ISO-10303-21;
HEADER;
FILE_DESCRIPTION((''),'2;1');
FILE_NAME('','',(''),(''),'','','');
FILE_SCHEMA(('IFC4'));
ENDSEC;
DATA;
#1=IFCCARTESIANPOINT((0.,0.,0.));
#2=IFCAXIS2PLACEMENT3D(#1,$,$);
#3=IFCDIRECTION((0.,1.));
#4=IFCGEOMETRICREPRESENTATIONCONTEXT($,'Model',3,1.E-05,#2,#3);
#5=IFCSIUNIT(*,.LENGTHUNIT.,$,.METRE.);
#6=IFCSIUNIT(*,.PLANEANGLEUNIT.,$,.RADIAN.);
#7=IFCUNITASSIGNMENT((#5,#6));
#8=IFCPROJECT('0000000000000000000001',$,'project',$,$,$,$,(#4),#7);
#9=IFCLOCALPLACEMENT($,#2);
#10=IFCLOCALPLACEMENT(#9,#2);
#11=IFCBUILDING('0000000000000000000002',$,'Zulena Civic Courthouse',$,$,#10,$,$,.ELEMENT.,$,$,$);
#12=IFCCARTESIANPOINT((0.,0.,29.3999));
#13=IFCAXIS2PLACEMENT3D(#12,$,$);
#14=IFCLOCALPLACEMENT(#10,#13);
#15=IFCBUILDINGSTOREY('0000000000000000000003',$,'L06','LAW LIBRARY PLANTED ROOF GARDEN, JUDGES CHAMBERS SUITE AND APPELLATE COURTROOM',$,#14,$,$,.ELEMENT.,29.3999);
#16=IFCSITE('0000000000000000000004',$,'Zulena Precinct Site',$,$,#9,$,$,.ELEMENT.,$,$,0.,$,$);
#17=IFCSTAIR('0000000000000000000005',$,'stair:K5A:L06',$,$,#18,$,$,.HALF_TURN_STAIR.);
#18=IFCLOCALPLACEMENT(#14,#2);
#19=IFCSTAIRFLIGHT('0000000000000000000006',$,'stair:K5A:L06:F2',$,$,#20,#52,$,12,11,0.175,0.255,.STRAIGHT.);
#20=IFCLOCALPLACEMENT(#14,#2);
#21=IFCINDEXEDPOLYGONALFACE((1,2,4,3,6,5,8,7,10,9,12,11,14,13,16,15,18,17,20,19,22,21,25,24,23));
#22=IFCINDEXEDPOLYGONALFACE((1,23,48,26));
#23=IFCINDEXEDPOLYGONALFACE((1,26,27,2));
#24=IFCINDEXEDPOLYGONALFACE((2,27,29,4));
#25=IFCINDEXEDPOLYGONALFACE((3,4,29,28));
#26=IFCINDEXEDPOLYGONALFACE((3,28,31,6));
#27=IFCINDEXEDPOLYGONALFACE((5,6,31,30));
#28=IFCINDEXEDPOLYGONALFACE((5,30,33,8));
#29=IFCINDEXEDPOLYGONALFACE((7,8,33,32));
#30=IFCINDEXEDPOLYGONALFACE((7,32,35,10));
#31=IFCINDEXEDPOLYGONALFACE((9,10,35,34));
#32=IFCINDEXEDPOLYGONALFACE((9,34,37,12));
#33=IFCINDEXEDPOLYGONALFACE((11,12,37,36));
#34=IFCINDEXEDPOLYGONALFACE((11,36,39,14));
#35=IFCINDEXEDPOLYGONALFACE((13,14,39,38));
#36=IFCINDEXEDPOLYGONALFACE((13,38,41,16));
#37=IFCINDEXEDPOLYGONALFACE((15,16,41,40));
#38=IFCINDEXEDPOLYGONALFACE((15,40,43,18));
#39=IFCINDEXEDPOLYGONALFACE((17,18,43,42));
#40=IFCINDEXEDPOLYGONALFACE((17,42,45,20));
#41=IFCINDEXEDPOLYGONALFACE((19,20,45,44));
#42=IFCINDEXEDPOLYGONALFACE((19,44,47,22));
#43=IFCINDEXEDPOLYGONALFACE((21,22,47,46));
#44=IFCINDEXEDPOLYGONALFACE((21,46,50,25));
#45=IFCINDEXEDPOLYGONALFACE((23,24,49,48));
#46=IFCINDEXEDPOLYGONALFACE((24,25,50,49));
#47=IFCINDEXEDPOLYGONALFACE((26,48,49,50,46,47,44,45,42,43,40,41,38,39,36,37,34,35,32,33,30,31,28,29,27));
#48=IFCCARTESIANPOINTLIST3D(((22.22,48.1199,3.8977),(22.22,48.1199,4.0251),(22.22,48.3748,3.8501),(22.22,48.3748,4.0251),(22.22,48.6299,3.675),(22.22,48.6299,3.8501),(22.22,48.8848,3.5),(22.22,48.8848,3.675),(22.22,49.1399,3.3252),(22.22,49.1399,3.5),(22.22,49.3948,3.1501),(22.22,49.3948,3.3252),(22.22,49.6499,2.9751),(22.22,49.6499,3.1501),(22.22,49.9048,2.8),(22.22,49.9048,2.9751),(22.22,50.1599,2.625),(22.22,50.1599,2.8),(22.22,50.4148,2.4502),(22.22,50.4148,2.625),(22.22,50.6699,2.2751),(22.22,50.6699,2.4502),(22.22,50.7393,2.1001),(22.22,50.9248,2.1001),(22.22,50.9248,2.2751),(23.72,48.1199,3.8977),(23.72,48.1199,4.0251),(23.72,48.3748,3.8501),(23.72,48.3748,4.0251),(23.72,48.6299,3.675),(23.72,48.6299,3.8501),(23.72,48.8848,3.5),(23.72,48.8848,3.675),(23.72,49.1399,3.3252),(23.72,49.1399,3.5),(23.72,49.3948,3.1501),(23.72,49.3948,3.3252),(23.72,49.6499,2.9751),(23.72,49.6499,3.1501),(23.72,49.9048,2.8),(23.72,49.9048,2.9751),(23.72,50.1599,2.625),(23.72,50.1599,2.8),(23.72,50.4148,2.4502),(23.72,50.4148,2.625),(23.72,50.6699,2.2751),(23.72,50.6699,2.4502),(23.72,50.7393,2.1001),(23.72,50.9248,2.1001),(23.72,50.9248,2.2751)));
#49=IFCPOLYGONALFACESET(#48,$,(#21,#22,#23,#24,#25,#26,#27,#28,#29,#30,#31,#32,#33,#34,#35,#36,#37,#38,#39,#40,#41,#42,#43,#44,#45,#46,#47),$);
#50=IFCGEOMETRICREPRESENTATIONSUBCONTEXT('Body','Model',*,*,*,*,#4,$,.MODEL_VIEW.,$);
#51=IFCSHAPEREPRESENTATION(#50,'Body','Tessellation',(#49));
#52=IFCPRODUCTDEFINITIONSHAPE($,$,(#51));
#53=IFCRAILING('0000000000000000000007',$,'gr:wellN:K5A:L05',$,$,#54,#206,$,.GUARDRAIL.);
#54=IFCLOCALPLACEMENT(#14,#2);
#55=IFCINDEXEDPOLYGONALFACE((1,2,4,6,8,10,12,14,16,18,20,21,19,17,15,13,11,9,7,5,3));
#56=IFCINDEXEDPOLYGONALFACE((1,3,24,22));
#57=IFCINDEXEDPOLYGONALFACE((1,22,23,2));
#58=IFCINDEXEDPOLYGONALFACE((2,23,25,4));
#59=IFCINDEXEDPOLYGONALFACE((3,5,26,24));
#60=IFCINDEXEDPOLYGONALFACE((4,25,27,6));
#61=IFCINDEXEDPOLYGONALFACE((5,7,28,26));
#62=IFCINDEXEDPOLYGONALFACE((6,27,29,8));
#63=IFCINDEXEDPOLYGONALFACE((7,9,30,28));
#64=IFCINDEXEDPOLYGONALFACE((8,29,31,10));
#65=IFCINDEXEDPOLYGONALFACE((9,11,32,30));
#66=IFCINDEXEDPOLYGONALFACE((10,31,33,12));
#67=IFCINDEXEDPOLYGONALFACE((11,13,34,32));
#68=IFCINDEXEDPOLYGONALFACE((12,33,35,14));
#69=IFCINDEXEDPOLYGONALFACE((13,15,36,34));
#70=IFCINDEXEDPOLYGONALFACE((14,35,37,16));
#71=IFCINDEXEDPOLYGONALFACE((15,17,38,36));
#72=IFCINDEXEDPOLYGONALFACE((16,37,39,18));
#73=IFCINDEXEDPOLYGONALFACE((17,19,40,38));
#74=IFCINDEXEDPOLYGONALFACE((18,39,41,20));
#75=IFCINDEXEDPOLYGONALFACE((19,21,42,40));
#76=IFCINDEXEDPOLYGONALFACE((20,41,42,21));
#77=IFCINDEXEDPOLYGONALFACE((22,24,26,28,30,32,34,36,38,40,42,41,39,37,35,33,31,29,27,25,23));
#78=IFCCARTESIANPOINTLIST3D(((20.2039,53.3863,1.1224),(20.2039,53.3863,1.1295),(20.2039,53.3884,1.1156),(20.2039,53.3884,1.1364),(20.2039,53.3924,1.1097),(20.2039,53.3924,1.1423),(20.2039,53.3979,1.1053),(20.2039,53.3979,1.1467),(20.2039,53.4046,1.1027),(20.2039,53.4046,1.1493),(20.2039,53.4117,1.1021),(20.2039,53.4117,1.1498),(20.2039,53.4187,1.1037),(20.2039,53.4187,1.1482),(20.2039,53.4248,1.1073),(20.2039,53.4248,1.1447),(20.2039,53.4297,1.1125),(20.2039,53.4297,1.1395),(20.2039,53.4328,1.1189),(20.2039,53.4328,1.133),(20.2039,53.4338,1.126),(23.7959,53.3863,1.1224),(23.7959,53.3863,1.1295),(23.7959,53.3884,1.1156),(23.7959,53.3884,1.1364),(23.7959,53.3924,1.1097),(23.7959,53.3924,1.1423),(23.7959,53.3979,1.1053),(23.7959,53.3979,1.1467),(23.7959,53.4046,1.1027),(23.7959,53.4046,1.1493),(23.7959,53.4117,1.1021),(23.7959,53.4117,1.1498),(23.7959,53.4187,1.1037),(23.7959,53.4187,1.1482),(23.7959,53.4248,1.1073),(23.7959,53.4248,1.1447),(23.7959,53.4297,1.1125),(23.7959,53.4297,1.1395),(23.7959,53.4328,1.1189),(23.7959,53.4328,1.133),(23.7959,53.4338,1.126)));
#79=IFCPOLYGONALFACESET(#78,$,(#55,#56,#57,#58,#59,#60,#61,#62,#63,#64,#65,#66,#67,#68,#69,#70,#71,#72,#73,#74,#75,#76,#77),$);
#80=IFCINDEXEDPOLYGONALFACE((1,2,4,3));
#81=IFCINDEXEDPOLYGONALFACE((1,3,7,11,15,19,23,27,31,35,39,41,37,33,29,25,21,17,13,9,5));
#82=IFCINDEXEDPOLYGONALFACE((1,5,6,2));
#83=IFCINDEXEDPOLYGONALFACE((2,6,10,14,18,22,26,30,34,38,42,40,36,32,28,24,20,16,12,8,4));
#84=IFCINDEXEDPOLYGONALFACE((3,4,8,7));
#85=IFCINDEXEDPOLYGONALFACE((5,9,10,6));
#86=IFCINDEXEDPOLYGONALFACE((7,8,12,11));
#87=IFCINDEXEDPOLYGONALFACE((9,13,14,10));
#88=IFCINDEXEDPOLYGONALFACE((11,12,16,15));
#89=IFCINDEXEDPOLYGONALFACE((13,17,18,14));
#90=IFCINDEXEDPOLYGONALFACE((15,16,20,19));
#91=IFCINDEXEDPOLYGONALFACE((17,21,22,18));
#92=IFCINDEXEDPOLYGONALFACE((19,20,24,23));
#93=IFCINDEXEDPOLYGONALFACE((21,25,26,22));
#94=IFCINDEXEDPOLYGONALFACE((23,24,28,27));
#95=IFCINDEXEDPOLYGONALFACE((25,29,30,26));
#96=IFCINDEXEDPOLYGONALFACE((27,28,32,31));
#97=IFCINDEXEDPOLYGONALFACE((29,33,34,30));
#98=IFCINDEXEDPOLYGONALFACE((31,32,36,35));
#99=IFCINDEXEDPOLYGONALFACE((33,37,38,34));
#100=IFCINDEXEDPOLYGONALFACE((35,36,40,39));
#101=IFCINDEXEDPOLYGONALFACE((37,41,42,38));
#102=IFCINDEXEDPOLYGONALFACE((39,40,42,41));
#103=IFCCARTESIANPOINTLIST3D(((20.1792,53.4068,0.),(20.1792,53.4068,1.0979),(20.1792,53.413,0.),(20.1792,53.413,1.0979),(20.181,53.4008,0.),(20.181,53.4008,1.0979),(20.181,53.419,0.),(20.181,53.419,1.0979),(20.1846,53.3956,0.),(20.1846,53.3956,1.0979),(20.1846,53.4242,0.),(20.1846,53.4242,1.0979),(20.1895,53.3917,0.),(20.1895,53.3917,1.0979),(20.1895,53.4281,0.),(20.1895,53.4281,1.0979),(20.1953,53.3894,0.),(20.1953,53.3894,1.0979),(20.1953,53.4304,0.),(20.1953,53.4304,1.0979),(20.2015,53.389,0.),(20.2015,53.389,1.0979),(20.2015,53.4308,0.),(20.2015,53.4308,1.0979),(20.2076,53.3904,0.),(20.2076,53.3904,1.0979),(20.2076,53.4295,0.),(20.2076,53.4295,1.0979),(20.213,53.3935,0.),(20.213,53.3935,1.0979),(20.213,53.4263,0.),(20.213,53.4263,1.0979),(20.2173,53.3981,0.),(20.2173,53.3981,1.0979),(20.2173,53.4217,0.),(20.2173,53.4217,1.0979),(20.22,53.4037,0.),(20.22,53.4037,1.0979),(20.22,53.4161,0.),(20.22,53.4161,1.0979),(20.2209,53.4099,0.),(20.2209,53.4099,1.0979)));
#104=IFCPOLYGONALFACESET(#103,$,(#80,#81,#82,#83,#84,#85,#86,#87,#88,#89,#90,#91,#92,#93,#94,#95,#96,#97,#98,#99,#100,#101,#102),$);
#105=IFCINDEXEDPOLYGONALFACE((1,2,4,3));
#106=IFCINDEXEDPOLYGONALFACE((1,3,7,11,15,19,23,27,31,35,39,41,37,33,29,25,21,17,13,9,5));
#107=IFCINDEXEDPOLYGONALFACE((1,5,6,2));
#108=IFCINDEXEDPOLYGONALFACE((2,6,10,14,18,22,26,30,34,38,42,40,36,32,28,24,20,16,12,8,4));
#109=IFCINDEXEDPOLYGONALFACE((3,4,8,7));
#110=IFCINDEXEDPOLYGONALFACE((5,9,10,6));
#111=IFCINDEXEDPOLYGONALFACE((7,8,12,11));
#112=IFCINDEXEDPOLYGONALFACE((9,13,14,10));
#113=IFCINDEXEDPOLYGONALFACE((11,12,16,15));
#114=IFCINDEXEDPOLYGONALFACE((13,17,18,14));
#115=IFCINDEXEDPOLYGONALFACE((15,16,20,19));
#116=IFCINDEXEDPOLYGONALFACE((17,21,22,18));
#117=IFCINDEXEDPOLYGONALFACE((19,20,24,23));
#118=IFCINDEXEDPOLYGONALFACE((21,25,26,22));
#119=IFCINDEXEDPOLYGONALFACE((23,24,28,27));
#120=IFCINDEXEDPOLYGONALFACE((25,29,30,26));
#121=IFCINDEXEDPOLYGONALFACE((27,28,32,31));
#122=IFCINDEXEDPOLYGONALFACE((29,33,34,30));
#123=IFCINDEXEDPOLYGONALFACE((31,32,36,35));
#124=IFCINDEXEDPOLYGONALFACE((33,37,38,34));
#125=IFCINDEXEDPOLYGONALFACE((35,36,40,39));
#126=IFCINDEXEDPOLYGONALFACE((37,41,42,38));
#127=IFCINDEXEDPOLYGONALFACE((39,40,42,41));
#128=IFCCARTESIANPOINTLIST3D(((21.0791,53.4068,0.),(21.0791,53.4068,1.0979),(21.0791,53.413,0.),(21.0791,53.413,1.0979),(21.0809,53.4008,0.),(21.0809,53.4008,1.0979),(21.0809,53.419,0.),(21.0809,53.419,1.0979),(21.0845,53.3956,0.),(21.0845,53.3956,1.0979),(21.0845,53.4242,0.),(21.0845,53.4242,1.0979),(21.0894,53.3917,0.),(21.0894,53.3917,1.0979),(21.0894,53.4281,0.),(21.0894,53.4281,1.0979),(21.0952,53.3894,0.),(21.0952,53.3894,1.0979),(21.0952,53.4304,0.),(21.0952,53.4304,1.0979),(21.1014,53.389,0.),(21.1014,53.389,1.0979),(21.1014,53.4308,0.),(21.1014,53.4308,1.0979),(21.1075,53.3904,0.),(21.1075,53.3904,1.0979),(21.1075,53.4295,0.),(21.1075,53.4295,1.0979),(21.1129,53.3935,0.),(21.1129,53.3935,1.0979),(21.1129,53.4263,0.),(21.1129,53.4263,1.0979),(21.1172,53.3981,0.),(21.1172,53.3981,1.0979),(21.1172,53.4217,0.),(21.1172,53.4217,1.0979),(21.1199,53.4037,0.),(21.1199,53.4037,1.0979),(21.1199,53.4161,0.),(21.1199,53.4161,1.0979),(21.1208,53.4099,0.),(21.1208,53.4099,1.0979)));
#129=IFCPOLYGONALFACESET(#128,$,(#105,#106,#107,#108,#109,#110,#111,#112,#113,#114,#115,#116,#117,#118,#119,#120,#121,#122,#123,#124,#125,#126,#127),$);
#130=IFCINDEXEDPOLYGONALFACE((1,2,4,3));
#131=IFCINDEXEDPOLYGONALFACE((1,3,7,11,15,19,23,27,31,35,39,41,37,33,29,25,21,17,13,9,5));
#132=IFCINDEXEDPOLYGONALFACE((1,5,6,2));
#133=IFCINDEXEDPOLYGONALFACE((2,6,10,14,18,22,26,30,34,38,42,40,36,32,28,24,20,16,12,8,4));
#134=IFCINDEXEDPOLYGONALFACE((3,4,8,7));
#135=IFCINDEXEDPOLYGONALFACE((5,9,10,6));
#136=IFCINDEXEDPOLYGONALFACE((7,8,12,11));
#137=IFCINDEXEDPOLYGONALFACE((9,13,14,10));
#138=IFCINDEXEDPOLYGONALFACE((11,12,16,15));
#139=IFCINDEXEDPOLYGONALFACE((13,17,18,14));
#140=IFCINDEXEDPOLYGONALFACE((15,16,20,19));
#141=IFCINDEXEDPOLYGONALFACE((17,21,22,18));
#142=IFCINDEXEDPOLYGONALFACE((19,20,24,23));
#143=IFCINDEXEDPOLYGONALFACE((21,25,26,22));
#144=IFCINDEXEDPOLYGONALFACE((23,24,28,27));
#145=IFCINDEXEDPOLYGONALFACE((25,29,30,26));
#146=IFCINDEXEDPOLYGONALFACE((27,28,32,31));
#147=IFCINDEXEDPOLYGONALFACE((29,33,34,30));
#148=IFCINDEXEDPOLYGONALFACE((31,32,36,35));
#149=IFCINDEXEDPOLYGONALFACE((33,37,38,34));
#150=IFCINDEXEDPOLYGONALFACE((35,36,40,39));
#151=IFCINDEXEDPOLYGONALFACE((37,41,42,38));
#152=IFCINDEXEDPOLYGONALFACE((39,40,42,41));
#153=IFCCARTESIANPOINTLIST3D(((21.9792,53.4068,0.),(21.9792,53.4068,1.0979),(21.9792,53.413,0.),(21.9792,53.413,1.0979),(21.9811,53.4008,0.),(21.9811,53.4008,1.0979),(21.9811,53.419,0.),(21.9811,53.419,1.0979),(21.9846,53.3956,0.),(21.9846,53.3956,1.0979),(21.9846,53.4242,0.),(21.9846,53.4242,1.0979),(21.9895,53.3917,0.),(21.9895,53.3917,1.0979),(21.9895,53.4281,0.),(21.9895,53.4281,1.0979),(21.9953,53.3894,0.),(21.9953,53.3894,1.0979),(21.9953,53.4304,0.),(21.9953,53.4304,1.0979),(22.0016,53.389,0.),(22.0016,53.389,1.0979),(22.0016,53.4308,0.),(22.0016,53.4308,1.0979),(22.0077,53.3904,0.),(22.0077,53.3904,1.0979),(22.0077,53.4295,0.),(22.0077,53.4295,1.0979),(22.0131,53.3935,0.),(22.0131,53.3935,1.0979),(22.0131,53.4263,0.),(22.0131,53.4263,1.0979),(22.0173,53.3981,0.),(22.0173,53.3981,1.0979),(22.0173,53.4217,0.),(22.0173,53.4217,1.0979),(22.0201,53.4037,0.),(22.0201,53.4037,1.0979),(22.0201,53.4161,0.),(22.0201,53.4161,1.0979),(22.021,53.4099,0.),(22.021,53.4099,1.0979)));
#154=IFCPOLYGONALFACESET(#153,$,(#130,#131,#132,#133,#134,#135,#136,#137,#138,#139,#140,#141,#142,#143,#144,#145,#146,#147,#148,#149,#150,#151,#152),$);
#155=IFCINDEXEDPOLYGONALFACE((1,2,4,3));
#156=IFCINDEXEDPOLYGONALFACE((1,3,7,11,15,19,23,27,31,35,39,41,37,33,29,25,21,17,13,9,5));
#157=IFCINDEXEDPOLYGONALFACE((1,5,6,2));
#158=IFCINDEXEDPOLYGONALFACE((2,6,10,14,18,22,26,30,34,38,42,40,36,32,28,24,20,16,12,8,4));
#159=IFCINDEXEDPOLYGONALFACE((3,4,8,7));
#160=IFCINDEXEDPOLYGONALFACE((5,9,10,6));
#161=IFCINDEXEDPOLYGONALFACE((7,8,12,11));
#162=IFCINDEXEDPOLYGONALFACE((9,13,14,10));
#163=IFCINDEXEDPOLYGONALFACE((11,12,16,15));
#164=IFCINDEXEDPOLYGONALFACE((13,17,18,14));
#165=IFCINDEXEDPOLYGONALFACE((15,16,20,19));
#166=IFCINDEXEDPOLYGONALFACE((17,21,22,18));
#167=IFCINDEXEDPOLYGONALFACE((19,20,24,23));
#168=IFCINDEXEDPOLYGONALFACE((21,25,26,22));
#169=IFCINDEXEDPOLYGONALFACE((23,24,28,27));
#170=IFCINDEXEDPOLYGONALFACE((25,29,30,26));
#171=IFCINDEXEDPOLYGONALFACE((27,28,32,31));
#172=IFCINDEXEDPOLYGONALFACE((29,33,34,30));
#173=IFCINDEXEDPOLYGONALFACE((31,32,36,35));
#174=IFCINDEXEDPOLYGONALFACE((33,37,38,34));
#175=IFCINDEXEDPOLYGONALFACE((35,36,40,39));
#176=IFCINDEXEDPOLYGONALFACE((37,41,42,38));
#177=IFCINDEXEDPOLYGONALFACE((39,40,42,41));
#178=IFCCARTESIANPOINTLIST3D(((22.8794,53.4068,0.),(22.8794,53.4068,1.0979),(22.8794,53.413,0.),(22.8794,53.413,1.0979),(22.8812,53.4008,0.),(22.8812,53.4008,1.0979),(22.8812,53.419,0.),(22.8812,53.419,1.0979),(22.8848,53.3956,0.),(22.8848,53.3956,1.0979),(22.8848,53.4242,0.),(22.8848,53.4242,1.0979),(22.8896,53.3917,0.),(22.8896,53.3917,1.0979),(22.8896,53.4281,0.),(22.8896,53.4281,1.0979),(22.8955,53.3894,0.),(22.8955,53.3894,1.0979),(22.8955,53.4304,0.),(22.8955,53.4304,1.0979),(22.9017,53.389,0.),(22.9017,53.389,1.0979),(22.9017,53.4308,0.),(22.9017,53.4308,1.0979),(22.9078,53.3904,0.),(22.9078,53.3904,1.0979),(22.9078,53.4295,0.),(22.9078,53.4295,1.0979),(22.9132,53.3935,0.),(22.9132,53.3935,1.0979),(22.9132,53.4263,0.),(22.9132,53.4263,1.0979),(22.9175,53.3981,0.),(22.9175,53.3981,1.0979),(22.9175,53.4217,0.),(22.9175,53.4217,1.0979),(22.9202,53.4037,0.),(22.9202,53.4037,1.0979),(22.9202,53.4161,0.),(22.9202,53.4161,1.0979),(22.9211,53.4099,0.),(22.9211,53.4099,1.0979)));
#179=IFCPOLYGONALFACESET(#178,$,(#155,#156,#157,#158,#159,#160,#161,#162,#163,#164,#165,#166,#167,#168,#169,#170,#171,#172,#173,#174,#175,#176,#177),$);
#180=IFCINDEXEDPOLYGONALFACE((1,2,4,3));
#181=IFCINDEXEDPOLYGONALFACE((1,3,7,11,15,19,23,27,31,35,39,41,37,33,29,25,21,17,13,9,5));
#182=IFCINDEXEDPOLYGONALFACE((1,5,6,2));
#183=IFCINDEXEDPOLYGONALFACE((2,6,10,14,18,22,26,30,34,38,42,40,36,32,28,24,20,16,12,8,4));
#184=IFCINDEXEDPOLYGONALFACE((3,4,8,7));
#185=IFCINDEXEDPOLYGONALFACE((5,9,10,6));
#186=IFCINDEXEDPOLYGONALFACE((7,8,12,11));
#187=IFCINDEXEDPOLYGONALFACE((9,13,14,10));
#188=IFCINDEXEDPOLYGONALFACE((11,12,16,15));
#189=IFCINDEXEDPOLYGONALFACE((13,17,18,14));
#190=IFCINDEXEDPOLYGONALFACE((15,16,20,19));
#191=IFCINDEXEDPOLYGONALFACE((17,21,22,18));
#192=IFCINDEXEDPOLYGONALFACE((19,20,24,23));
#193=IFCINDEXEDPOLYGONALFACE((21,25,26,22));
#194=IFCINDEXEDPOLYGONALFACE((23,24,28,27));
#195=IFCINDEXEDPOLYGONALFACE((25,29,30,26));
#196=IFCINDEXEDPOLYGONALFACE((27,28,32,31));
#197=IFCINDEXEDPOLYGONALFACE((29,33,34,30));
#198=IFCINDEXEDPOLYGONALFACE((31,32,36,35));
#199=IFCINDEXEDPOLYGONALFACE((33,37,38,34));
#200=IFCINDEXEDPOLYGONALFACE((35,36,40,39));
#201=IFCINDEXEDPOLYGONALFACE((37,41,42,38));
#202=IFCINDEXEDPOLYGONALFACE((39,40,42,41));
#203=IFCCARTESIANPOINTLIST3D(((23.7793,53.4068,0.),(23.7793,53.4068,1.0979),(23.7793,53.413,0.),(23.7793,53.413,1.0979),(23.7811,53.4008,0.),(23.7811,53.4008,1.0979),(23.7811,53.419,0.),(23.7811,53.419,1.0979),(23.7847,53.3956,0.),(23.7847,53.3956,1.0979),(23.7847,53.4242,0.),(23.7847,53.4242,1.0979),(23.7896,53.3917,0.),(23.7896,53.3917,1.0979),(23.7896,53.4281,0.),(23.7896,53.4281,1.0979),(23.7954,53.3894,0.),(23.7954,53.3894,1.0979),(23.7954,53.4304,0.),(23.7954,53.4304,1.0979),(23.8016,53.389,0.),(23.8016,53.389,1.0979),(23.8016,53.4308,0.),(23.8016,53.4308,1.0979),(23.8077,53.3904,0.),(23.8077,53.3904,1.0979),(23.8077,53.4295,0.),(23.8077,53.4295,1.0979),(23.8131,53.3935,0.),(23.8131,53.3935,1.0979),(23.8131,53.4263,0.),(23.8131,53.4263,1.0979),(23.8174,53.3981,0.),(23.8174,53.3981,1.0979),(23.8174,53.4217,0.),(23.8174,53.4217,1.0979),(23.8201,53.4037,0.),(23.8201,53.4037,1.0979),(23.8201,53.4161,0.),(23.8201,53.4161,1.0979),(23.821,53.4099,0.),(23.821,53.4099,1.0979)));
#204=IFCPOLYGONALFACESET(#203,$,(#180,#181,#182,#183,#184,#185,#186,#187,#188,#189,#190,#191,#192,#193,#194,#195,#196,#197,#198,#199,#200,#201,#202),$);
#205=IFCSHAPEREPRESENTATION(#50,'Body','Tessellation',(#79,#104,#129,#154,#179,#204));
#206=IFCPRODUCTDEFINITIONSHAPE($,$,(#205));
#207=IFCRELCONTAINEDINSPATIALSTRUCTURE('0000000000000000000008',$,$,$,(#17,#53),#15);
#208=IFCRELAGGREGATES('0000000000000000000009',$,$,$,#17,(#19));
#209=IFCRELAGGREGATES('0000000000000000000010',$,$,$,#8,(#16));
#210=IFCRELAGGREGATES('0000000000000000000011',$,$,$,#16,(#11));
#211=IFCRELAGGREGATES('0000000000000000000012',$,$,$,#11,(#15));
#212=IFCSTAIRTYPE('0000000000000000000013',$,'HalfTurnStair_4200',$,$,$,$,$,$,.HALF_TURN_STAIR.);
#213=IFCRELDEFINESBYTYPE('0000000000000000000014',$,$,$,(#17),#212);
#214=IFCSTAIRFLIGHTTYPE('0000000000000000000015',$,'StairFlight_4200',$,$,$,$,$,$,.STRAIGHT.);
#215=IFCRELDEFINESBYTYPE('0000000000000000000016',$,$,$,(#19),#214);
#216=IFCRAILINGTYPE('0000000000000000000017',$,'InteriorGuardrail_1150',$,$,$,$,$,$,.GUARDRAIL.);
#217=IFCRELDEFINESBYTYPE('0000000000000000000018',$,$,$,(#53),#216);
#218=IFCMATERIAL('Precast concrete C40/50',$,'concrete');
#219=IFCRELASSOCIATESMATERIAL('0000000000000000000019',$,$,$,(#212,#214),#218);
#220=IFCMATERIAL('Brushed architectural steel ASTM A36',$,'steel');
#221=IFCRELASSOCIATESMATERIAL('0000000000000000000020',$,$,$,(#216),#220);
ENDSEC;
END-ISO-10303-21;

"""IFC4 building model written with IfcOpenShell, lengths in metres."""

from ifc_helpers import new_model, si_unit, direction, frame, origin, origin_2d, place, context, subcontext, project, spatial, polyline, circle, outline, extrude, material, type_object, element, aggregate, save


model = new_model("IFC4")

# Units and contexts
model_context = context("Model", 3, precision=1e-05, world=origin(), true_north=direction((0.0, 1.0)))
body_context = subcontext(model_context, "Body", "Model", "MODEL_VIEW")
ifc_project = project(units=[si_unit("LENGTHUNIT", "METRE"), si_unit("PLANEANGLEUNIT", "RADIAN")], contexts=[model_context])

# Site, building, storey
site_placement = place(None, origin())
site = spatial("IfcSite", under=ifc_project, at=site_placement, Name="Zulena Precinct Site", CompositionType="ELEMENT", RefElevation=0.0)
building_placement = place(site_placement, origin())
building = spatial("IfcBuilding", under=site, at=building_placement, Name="Zulena Civic Courthouse", CompositionType="ELEMENT")
storey_placement = place(building_placement, frame((0.0, 0.0, 29.3999)))
storey = spatial("IfcBuildingStorey", under=building, at=storey_placement, Name="L06", Description="LAW LIBRARY PLANTED ROOF GARDEN, JUDGES CHAMBERS SUITE AND APPELLATE COURTROOM", CompositionType="ELEMENT", Elevation=29.3999)

# Stair, stair flight
ifc_material_1 = material(Name="Precast concrete C40/50", Category="concrete")
stair_type = type_object("IfcStairType", Name="HalfTurnStair_4200", PredefinedType="HALF_TURN_STAIR", material=ifc_material_1)
stair_placement = place(storey_placement, origin())
stair = element("IfcStair", 1, at=stair_placement, inside=storey, type_object=stair_type, Name="stair:K5A:L06", PredefinedType="HALF_TURN_STAIR")
stair_flight_type = type_object("IfcStairFlightType", Name="StairFlight_4200", PredefinedType="STRAIGHT", material=ifc_material_1)
stair_flight_placement = place(storey_placement, frame((22.97, 50.9248, 2.1001), z_axis=(0.0, 0.0, 1.0), x_axis=(0.0, -1.0, 0.0)))
stair_flight = element("IfcStairFlight", 2, at=stair_flight_placement, type_object=stair_flight_type, Name="stair:K5A:L06:F2", NumberOfRisers=12, NumberOfTreads=11, PredefinedType="STRAIGHT", RiserHeight=0.175, TreadLength=0.255, context=body_context, shape_type="SweptSolid", body=[
    extrude(outline(polyline([(0.0, 0.0), (0.0, 0.175), (0.2549, 0.175), (0.2549, 0.3501), (0.51, 0.3501), (0.51, 0.5249), (0.7649, 0.5249), (0.7649, 0.7), (1.02, 0.7), (1.02, 0.875), (1.2749, 0.875), (1.2749, 1.05), (1.53, 1.05), (1.53, 1.2251), (1.7849, 1.2251), (1.7849, 1.3999), (2.04, 1.3999), (2.04, 1.575), (2.2949, 1.575), (2.2949, 1.75), (2.55, 1.75), (2.55, 1.925), (2.8049, 1.925), (2.8049, 2.1001), (2.8049, 1.7976), (0.1855, 0.0), (0.0, 0.0)])), frame((0.0, 0.75, 0.0), z_axis=(0.0, -1.0, 0.0), x_axis=(1.0, 0.0, 0.0)), (0.0, 0.0, 1.0), 1.5),
])
aggregate(stair, [stair_flight])

# Railing
ifc_material_2 = material(Name="Brushed architectural steel ASTM A36", Category="steel")
railing_type = type_object("IfcRailingType", Name="InteriorGuardrail_1150", PredefinedType="GUARDRAIL", material=ifc_material_2)
railing_1_placement = place(storey_placement, frame((20.2, 53.4099, 0.0)))
element("IfcRailing", 3, at=railing_1_placement, inside=storey, type_object=railing_type, Name="gr:wellN:K5A:L05", PredefinedType="GUARDRAIL", context=body_context, shape_type="SweptSolid", body=[
    extrude(circle(Radius=0.0239, at=origin_2d()), frame((0.0039, 0.0, 1.126), z_axis=(1.0, 0.0, 0.0), x_axis=(0.0, 1.0, 0.0)), (0.0, 0.0, 1.0), 3.592),
    extrude(circle(Radius=0.021, at=origin_2d()), origin(), (0.0, 0.0, 1.0), 1.0979),
    extrude(circle(Radius=0.021, at=origin_2d()), frame((0.8999, 0.0, 0.0)), (0.0, 0.0, 1.0), 1.0979),
    extrude(circle(Radius=0.021, at=origin_2d()), frame((1.8, 0.0, 0.0)), (0.0, 0.0, 1.0), 1.0979),
    extrude(circle(Radius=0.021, at=origin_2d()), frame((2.7002, 0.0, 0.0)), (0.0, 0.0, 1.0), 1.0979),
    extrude(circle(Radius=0.021, at=origin_2d()), frame((3.6001, 0.0, 0.0)), (0.0, 0.0, 1.0), 1.0979),
])

save(model, "model.ifc")
